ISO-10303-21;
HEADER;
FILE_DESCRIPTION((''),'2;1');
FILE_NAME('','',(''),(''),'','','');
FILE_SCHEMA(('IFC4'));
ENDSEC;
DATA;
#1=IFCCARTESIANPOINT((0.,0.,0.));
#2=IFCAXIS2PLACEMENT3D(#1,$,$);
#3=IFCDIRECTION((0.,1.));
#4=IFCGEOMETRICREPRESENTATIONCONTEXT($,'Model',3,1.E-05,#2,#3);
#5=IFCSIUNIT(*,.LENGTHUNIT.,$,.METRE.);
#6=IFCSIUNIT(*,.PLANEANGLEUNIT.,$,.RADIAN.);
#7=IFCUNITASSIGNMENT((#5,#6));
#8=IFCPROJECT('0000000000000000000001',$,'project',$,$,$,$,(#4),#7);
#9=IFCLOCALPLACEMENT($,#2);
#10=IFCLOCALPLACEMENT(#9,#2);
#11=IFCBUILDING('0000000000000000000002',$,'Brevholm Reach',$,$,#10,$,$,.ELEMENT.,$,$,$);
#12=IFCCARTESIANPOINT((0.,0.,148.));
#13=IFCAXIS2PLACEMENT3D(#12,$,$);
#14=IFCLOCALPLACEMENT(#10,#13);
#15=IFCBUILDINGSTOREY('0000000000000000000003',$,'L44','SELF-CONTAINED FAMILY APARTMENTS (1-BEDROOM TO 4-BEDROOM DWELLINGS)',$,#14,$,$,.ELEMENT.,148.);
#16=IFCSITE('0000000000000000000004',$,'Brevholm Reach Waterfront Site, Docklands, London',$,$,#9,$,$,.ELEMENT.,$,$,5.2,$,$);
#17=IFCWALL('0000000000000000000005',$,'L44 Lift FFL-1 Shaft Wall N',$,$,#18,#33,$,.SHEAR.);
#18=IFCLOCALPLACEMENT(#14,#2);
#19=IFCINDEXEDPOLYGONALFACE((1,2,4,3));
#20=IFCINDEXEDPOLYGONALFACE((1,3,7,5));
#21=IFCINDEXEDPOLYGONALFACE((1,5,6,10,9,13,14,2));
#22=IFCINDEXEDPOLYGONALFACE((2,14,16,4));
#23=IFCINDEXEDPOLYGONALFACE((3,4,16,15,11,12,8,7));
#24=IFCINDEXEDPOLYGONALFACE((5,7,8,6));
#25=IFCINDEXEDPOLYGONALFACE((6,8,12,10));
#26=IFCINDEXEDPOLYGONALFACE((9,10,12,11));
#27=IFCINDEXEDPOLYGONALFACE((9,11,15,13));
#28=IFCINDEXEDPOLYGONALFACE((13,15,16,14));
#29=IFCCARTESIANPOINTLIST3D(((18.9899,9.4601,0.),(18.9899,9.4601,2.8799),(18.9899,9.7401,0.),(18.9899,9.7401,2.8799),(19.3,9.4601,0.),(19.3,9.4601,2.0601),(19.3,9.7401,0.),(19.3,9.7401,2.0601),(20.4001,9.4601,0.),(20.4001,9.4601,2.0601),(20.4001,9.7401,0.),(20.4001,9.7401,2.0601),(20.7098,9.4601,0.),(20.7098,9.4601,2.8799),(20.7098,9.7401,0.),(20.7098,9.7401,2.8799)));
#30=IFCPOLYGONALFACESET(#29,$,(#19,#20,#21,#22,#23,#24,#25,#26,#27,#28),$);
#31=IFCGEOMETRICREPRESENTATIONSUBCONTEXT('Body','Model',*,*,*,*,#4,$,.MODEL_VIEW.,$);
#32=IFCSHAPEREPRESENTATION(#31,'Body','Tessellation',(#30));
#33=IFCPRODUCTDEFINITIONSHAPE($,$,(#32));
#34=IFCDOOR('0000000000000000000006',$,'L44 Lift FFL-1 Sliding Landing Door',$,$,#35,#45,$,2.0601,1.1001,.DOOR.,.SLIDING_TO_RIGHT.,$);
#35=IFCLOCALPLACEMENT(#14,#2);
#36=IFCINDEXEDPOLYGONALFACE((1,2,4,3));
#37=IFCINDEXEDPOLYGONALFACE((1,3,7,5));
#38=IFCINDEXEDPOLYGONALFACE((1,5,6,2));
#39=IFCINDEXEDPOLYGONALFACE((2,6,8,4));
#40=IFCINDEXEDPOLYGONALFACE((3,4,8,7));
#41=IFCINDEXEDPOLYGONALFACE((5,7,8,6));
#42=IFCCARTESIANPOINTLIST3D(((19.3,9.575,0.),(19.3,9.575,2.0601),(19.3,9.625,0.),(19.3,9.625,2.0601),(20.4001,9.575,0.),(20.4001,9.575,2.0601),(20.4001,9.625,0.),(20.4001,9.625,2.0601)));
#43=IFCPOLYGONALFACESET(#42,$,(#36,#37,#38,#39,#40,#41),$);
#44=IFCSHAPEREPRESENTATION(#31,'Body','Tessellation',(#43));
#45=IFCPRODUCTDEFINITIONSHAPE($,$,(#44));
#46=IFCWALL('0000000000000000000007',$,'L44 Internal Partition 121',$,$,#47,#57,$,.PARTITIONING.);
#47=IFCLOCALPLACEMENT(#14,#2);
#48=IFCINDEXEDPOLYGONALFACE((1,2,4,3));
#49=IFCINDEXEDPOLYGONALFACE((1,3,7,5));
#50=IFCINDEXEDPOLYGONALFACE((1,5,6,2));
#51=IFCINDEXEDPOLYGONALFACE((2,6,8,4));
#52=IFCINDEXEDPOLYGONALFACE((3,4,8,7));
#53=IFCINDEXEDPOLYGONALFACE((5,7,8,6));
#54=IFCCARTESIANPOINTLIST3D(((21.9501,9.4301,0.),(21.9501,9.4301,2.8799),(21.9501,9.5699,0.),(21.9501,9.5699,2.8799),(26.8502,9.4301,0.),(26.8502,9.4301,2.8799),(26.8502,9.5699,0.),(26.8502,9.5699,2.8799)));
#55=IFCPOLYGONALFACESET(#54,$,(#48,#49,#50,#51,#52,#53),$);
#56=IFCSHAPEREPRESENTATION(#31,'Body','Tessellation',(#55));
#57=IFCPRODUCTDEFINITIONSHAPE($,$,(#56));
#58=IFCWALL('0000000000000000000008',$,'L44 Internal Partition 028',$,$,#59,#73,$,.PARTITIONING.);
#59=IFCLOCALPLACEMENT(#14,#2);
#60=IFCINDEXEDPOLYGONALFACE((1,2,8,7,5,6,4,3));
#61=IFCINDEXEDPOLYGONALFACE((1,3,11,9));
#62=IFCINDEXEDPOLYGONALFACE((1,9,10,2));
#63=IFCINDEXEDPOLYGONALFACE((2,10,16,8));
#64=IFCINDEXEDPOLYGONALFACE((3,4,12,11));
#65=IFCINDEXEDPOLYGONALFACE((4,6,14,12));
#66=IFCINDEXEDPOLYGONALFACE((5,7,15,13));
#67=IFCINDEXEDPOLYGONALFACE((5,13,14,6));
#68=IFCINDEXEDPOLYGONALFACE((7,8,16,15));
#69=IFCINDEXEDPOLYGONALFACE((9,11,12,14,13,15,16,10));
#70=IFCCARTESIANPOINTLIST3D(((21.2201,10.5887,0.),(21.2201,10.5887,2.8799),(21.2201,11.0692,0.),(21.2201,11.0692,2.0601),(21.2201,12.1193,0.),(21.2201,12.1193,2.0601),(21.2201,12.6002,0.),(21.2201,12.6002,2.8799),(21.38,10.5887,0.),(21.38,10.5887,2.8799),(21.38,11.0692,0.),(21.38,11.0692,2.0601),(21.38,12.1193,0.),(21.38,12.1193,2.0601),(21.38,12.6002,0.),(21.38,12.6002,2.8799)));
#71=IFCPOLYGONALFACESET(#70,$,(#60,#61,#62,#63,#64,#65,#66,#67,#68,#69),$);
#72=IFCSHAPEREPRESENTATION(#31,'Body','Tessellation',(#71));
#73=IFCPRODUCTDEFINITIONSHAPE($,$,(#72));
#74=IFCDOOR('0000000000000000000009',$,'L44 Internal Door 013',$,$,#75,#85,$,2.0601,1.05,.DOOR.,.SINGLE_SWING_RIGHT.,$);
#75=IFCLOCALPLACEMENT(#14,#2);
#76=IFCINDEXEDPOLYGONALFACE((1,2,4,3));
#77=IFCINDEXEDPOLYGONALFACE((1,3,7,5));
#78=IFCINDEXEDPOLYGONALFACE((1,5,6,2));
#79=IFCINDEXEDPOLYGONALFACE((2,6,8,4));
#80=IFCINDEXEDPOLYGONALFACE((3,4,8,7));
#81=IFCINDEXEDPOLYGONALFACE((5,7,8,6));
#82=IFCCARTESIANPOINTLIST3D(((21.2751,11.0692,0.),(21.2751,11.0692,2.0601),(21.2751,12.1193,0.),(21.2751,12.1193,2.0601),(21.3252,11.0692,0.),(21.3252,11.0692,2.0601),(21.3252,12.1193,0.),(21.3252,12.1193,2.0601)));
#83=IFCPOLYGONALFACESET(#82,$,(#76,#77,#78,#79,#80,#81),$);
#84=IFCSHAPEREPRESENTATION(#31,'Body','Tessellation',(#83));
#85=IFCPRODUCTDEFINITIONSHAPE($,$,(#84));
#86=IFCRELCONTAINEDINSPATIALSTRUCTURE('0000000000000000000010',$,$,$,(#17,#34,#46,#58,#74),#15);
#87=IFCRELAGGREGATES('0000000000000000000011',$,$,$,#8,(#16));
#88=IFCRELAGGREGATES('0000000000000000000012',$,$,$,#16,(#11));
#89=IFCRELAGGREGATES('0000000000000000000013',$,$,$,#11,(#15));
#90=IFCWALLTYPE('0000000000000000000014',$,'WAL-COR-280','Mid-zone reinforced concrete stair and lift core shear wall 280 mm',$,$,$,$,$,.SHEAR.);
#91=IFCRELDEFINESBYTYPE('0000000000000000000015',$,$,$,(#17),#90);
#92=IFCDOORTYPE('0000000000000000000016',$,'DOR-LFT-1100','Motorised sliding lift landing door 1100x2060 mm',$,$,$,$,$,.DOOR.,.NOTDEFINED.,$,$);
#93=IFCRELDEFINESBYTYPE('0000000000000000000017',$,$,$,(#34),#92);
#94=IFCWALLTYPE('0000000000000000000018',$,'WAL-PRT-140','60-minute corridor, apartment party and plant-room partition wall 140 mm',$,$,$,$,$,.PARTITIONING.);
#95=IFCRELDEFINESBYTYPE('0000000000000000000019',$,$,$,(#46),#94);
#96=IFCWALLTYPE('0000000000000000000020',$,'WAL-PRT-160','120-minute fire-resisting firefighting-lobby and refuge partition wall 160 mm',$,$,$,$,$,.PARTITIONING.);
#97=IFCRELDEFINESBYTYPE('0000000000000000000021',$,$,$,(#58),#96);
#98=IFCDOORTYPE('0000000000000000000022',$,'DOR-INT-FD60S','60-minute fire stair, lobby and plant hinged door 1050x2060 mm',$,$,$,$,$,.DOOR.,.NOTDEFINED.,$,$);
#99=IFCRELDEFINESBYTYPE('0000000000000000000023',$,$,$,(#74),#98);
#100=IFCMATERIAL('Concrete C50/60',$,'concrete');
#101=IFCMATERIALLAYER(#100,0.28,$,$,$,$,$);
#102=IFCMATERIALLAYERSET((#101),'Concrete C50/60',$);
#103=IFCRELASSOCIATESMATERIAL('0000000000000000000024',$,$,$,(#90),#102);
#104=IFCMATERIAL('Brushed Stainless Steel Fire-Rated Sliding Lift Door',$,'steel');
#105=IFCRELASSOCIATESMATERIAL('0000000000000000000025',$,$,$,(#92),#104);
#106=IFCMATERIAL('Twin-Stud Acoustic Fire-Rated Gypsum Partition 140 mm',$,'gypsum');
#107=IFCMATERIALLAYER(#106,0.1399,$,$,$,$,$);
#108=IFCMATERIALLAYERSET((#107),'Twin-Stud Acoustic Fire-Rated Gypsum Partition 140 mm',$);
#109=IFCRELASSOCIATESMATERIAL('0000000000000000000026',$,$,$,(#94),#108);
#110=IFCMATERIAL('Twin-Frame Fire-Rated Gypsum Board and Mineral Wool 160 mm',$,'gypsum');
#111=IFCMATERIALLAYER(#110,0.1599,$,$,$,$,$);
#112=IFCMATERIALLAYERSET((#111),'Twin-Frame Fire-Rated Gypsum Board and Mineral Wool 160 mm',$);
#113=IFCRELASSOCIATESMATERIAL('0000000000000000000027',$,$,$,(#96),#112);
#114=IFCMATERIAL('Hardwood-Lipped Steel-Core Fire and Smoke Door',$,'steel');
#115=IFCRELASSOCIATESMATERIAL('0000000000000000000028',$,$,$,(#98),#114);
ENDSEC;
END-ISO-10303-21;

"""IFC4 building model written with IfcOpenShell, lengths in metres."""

from ifc_helpers import new_model, si_unit, direction, frame, frame_2d, origin, place, context, subcontext, project, spatial, rectangle, extrude, material, layer, layer_set, type_object, element, fill, save


model = new_model("IFC4")

# Units and contexts
model_context = context("Model", 3, precision=1e-05, world=origin(), true_north=direction((0.0, 1.0)))
body_context = subcontext(model_context, "Body", "Model", "MODEL_VIEW")
ifc_project = project(units=[si_unit("LENGTHUNIT", "METRE"), si_unit("PLANEANGLEUNIT", "RADIAN")], contexts=[model_context])

# Site, building, storey
site_placement = place(None, origin())
site = spatial("IfcSite", under=ifc_project, at=site_placement, Name="Brevholm Reach Waterfront Site, Docklands, London", CompositionType="ELEMENT", RefElevation=5.2)
building_placement = place(site_placement, origin())
building = spatial("IfcBuilding", under=site, at=building_placement, Name="Brevholm Reach", CompositionType="ELEMENT")
storey_placement = place(building_placement, frame((0.0, 0.0, 148.0)))
storey = spatial("IfcBuildingStorey", under=building, at=storey_placement, Name="L44", Description="SELF-CONTAINED FAMILY APARTMENTS (1-BEDROOM TO 4-BEDROOM DWELLINGS)", CompositionType="ELEMENT", Elevation=148.0)

# Shared definitions
ifc_material_1 = material(Name="Concrete C50/60", Category="concrete")
ifc_layer_1 = layer(ifc_material_1, 0.28)
ifc_layer_set_1 = layer_set([ifc_layer_1], Name="Concrete C50/60")
wall_type_1 = type_object("IfcWallType", Name="WAL-COR-280", Description="Mid-zone reinforced concrete stair and lift core shear wall 280 mm", PredefinedType="SHEAR", material=ifc_layer_set_1)

# Wall, opening, door
wall_1_placement = place(storey_placement, frame((18.99, 9.6001, 0.0), z_axis=(0.0, 0.0, 1.0), x_axis=(1.0, 0.0, 0.0)))
wall_1 = element("IfcWall", 1, at=wall_1_placement, inside=storey, type_object=wall_type_1, Name="L44 Lift FFL-1 Shaft Wall N", PredefinedType="SHEAR", context=body_context, shape_type="SweptSolid", body=[
    extrude(rectangle(XDim=1.72, YDim=0.28, at=frame_2d((0.8599, 0.0))), origin(), (0.0, 0.0, 1.0), 2.8799),
])
opening_1_placement = place(wall_1_placement, frame((0.3101, 0.0, 0.0)))
opening_1 = element("IfcOpeningElement", 2, at=opening_1_placement, cuts=wall_1, PredefinedType="OPENING", context=body_context, shape_type="SweptSolid", body=[
    extrude(rectangle(XDim=1.1001, YDim=2.0601, at=frame_2d((0.55, 1.03))), frame((0.0, 0.1499, 0.0), z_axis=(0.0, -1.0, 0.0), x_axis=(1.0, 0.0, 0.0)), (0.0, 0.0, 1.0), 0.3),
])
ifc_material_2 = material(Name="Brushed Stainless Steel Fire-Rated Sliding Lift Door", Category="steel")
door_type_1 = type_object("IfcDoorType", Name="DOR-LFT-1100", Description="Motorised sliding lift landing door 1100x2060 mm", OperationType="NOTDEFINED", PredefinedType="DOOR", material=ifc_material_2)
door_1_placement = place(opening_1_placement, origin())
door_1 = element("IfcDoor", 3, at=door_1_placement, inside=storey, type_object=door_type_1, Name="L44 Lift FFL-1 Sliding Landing Door", OperationType="SLIDING_TO_RIGHT", OverallHeight=2.0601, OverallWidth=1.1001, PredefinedType="DOOR", context=body_context, shape_type="SweptSolid", body=[
    extrude(rectangle(XDim=1.1001, YDim=2.0601, at=frame_2d((0.55, 1.03))), frame((0.0, 0.0249, 0.0), z_axis=(0.0, -1.0, 0.0), x_axis=(1.0, 0.0, 0.0)), (0.0, 0.0, 1.0), 0.05),
])
fill(opening_1, door_1)

# Wall
ifc_material_3 = material(Name="Twin-Stud Acoustic Fire-Rated Gypsum Partition 140 mm", Category="gypsum")
ifc_layer_2 = layer(ifc_material_3, 0.1399)
ifc_layer_set_2 = layer_set([ifc_layer_2], Name="Twin-Stud Acoustic Fire-Rated Gypsum Partition 140 mm")
wall_type_2 = type_object("IfcWallType", Name="WAL-PRT-140", Description="60-minute corridor, apartment party and plant-room partition wall 140 mm", PredefinedType="PARTITIONING", material=ifc_layer_set_2)
wall_2_placement = place(storey_placement, frame((21.95, 9.5, 0.0), z_axis=(0.0, 0.0, 1.0), x_axis=(1.0, 0.0, 0.0)))
element("IfcWall", 4, at=wall_2_placement, inside=storey, type_object=wall_type_2, Name="L44 Internal Partition 121", PredefinedType="PARTITIONING", context=body_context, shape_type="SweptSolid", body=[
    extrude(rectangle(XDim=4.9001, YDim=0.1399, at=frame_2d((2.4502, 0.0))), origin(), (0.0, 0.0, 1.0), 2.8799),
])

# Wall, opening, door
ifc_material_4 = material(Name="Twin-Frame Fire-Rated Gypsum Board and Mineral Wool 160 mm", Category="gypsum")
ifc_layer_3 = layer(ifc_material_4, 0.1599)
ifc_layer_set_3 = layer_set([ifc_layer_3], Name="Twin-Frame Fire-Rated Gypsum Board and Mineral Wool 160 mm")
wall_type_3 = type_object("IfcWallType", Name="WAL-PRT-160", Description="120-minute fire-resisting firefighting-lobby and refuge partition wall 160 mm", PredefinedType="PARTITIONING", material=ifc_layer_set_3)
wall_3_placement = place(storey_placement, frame((21.3, 10.5886, 0.0), z_axis=(0.0, 0.0, 1.0), x_axis=(0.0, 1.0, 0.0)))
wall_3 = element("IfcWall", 5, at=wall_3_placement, inside=storey, type_object=wall_type_3, Name="L44 Internal Partition 028", PredefinedType="PARTITIONING", context=body_context, shape_type="SweptSolid", body=[
    extrude(rectangle(XDim=2.0115, YDim=0.1599, at=frame_2d((1.0059, 0.0))), origin(), (0.0, 0.0, 1.0), 2.8799),
])
opening_2_placement = place(wall_3_placement, frame((0.4807, 0.0, 0.0)))
opening_2 = element("IfcOpeningElement", 6, at=opening_2_placement, cuts=wall_3, PredefinedType="OPENING", context=body_context, shape_type="SweptSolid", body=[
    extrude(rectangle(XDim=1.05, YDim=2.0601, at=frame_2d((0.5249, 1.03))), frame((0.0, 0.0898, 0.0), z_axis=(0.0, -1.0, 0.0), x_axis=(1.0, 0.0, 0.0)), (0.0, 0.0, 1.0), 0.1799),
])
ifc_material_5 = material(Name="Hardwood-Lipped Steel-Core Fire and Smoke Door", Category="steel")
door_type_2 = type_object("IfcDoorType", Name="DOR-INT-FD60S", Description="60-minute fire stair, lobby and plant hinged door 1050x2060 mm", OperationType="NOTDEFINED", PredefinedType="DOOR", material=ifc_material_5)
door_2_placement = place(opening_2_placement, origin())
door_2 = element("IfcDoor", 7, at=door_2_placement, inside=storey, type_object=door_type_2, Name="L44 Internal Door 013", OperationType="SINGLE_SWING_RIGHT", OverallHeight=2.0601, OverallWidth=1.05, PredefinedType="DOOR", context=body_context, shape_type="SweptSolid", body=[
    extrude(rectangle(XDim=1.05, YDim=2.0601, at=frame_2d((0.5249, 1.03))), frame((0.0, 0.0249, 0.0), z_axis=(0.0, -1.0, 0.0), x_axis=(1.0, 0.0, 0.0)), (0.0, 0.0, 1.0), 0.05),
])
fill(opening_2, door_2)

save(model, "model.ifc")
